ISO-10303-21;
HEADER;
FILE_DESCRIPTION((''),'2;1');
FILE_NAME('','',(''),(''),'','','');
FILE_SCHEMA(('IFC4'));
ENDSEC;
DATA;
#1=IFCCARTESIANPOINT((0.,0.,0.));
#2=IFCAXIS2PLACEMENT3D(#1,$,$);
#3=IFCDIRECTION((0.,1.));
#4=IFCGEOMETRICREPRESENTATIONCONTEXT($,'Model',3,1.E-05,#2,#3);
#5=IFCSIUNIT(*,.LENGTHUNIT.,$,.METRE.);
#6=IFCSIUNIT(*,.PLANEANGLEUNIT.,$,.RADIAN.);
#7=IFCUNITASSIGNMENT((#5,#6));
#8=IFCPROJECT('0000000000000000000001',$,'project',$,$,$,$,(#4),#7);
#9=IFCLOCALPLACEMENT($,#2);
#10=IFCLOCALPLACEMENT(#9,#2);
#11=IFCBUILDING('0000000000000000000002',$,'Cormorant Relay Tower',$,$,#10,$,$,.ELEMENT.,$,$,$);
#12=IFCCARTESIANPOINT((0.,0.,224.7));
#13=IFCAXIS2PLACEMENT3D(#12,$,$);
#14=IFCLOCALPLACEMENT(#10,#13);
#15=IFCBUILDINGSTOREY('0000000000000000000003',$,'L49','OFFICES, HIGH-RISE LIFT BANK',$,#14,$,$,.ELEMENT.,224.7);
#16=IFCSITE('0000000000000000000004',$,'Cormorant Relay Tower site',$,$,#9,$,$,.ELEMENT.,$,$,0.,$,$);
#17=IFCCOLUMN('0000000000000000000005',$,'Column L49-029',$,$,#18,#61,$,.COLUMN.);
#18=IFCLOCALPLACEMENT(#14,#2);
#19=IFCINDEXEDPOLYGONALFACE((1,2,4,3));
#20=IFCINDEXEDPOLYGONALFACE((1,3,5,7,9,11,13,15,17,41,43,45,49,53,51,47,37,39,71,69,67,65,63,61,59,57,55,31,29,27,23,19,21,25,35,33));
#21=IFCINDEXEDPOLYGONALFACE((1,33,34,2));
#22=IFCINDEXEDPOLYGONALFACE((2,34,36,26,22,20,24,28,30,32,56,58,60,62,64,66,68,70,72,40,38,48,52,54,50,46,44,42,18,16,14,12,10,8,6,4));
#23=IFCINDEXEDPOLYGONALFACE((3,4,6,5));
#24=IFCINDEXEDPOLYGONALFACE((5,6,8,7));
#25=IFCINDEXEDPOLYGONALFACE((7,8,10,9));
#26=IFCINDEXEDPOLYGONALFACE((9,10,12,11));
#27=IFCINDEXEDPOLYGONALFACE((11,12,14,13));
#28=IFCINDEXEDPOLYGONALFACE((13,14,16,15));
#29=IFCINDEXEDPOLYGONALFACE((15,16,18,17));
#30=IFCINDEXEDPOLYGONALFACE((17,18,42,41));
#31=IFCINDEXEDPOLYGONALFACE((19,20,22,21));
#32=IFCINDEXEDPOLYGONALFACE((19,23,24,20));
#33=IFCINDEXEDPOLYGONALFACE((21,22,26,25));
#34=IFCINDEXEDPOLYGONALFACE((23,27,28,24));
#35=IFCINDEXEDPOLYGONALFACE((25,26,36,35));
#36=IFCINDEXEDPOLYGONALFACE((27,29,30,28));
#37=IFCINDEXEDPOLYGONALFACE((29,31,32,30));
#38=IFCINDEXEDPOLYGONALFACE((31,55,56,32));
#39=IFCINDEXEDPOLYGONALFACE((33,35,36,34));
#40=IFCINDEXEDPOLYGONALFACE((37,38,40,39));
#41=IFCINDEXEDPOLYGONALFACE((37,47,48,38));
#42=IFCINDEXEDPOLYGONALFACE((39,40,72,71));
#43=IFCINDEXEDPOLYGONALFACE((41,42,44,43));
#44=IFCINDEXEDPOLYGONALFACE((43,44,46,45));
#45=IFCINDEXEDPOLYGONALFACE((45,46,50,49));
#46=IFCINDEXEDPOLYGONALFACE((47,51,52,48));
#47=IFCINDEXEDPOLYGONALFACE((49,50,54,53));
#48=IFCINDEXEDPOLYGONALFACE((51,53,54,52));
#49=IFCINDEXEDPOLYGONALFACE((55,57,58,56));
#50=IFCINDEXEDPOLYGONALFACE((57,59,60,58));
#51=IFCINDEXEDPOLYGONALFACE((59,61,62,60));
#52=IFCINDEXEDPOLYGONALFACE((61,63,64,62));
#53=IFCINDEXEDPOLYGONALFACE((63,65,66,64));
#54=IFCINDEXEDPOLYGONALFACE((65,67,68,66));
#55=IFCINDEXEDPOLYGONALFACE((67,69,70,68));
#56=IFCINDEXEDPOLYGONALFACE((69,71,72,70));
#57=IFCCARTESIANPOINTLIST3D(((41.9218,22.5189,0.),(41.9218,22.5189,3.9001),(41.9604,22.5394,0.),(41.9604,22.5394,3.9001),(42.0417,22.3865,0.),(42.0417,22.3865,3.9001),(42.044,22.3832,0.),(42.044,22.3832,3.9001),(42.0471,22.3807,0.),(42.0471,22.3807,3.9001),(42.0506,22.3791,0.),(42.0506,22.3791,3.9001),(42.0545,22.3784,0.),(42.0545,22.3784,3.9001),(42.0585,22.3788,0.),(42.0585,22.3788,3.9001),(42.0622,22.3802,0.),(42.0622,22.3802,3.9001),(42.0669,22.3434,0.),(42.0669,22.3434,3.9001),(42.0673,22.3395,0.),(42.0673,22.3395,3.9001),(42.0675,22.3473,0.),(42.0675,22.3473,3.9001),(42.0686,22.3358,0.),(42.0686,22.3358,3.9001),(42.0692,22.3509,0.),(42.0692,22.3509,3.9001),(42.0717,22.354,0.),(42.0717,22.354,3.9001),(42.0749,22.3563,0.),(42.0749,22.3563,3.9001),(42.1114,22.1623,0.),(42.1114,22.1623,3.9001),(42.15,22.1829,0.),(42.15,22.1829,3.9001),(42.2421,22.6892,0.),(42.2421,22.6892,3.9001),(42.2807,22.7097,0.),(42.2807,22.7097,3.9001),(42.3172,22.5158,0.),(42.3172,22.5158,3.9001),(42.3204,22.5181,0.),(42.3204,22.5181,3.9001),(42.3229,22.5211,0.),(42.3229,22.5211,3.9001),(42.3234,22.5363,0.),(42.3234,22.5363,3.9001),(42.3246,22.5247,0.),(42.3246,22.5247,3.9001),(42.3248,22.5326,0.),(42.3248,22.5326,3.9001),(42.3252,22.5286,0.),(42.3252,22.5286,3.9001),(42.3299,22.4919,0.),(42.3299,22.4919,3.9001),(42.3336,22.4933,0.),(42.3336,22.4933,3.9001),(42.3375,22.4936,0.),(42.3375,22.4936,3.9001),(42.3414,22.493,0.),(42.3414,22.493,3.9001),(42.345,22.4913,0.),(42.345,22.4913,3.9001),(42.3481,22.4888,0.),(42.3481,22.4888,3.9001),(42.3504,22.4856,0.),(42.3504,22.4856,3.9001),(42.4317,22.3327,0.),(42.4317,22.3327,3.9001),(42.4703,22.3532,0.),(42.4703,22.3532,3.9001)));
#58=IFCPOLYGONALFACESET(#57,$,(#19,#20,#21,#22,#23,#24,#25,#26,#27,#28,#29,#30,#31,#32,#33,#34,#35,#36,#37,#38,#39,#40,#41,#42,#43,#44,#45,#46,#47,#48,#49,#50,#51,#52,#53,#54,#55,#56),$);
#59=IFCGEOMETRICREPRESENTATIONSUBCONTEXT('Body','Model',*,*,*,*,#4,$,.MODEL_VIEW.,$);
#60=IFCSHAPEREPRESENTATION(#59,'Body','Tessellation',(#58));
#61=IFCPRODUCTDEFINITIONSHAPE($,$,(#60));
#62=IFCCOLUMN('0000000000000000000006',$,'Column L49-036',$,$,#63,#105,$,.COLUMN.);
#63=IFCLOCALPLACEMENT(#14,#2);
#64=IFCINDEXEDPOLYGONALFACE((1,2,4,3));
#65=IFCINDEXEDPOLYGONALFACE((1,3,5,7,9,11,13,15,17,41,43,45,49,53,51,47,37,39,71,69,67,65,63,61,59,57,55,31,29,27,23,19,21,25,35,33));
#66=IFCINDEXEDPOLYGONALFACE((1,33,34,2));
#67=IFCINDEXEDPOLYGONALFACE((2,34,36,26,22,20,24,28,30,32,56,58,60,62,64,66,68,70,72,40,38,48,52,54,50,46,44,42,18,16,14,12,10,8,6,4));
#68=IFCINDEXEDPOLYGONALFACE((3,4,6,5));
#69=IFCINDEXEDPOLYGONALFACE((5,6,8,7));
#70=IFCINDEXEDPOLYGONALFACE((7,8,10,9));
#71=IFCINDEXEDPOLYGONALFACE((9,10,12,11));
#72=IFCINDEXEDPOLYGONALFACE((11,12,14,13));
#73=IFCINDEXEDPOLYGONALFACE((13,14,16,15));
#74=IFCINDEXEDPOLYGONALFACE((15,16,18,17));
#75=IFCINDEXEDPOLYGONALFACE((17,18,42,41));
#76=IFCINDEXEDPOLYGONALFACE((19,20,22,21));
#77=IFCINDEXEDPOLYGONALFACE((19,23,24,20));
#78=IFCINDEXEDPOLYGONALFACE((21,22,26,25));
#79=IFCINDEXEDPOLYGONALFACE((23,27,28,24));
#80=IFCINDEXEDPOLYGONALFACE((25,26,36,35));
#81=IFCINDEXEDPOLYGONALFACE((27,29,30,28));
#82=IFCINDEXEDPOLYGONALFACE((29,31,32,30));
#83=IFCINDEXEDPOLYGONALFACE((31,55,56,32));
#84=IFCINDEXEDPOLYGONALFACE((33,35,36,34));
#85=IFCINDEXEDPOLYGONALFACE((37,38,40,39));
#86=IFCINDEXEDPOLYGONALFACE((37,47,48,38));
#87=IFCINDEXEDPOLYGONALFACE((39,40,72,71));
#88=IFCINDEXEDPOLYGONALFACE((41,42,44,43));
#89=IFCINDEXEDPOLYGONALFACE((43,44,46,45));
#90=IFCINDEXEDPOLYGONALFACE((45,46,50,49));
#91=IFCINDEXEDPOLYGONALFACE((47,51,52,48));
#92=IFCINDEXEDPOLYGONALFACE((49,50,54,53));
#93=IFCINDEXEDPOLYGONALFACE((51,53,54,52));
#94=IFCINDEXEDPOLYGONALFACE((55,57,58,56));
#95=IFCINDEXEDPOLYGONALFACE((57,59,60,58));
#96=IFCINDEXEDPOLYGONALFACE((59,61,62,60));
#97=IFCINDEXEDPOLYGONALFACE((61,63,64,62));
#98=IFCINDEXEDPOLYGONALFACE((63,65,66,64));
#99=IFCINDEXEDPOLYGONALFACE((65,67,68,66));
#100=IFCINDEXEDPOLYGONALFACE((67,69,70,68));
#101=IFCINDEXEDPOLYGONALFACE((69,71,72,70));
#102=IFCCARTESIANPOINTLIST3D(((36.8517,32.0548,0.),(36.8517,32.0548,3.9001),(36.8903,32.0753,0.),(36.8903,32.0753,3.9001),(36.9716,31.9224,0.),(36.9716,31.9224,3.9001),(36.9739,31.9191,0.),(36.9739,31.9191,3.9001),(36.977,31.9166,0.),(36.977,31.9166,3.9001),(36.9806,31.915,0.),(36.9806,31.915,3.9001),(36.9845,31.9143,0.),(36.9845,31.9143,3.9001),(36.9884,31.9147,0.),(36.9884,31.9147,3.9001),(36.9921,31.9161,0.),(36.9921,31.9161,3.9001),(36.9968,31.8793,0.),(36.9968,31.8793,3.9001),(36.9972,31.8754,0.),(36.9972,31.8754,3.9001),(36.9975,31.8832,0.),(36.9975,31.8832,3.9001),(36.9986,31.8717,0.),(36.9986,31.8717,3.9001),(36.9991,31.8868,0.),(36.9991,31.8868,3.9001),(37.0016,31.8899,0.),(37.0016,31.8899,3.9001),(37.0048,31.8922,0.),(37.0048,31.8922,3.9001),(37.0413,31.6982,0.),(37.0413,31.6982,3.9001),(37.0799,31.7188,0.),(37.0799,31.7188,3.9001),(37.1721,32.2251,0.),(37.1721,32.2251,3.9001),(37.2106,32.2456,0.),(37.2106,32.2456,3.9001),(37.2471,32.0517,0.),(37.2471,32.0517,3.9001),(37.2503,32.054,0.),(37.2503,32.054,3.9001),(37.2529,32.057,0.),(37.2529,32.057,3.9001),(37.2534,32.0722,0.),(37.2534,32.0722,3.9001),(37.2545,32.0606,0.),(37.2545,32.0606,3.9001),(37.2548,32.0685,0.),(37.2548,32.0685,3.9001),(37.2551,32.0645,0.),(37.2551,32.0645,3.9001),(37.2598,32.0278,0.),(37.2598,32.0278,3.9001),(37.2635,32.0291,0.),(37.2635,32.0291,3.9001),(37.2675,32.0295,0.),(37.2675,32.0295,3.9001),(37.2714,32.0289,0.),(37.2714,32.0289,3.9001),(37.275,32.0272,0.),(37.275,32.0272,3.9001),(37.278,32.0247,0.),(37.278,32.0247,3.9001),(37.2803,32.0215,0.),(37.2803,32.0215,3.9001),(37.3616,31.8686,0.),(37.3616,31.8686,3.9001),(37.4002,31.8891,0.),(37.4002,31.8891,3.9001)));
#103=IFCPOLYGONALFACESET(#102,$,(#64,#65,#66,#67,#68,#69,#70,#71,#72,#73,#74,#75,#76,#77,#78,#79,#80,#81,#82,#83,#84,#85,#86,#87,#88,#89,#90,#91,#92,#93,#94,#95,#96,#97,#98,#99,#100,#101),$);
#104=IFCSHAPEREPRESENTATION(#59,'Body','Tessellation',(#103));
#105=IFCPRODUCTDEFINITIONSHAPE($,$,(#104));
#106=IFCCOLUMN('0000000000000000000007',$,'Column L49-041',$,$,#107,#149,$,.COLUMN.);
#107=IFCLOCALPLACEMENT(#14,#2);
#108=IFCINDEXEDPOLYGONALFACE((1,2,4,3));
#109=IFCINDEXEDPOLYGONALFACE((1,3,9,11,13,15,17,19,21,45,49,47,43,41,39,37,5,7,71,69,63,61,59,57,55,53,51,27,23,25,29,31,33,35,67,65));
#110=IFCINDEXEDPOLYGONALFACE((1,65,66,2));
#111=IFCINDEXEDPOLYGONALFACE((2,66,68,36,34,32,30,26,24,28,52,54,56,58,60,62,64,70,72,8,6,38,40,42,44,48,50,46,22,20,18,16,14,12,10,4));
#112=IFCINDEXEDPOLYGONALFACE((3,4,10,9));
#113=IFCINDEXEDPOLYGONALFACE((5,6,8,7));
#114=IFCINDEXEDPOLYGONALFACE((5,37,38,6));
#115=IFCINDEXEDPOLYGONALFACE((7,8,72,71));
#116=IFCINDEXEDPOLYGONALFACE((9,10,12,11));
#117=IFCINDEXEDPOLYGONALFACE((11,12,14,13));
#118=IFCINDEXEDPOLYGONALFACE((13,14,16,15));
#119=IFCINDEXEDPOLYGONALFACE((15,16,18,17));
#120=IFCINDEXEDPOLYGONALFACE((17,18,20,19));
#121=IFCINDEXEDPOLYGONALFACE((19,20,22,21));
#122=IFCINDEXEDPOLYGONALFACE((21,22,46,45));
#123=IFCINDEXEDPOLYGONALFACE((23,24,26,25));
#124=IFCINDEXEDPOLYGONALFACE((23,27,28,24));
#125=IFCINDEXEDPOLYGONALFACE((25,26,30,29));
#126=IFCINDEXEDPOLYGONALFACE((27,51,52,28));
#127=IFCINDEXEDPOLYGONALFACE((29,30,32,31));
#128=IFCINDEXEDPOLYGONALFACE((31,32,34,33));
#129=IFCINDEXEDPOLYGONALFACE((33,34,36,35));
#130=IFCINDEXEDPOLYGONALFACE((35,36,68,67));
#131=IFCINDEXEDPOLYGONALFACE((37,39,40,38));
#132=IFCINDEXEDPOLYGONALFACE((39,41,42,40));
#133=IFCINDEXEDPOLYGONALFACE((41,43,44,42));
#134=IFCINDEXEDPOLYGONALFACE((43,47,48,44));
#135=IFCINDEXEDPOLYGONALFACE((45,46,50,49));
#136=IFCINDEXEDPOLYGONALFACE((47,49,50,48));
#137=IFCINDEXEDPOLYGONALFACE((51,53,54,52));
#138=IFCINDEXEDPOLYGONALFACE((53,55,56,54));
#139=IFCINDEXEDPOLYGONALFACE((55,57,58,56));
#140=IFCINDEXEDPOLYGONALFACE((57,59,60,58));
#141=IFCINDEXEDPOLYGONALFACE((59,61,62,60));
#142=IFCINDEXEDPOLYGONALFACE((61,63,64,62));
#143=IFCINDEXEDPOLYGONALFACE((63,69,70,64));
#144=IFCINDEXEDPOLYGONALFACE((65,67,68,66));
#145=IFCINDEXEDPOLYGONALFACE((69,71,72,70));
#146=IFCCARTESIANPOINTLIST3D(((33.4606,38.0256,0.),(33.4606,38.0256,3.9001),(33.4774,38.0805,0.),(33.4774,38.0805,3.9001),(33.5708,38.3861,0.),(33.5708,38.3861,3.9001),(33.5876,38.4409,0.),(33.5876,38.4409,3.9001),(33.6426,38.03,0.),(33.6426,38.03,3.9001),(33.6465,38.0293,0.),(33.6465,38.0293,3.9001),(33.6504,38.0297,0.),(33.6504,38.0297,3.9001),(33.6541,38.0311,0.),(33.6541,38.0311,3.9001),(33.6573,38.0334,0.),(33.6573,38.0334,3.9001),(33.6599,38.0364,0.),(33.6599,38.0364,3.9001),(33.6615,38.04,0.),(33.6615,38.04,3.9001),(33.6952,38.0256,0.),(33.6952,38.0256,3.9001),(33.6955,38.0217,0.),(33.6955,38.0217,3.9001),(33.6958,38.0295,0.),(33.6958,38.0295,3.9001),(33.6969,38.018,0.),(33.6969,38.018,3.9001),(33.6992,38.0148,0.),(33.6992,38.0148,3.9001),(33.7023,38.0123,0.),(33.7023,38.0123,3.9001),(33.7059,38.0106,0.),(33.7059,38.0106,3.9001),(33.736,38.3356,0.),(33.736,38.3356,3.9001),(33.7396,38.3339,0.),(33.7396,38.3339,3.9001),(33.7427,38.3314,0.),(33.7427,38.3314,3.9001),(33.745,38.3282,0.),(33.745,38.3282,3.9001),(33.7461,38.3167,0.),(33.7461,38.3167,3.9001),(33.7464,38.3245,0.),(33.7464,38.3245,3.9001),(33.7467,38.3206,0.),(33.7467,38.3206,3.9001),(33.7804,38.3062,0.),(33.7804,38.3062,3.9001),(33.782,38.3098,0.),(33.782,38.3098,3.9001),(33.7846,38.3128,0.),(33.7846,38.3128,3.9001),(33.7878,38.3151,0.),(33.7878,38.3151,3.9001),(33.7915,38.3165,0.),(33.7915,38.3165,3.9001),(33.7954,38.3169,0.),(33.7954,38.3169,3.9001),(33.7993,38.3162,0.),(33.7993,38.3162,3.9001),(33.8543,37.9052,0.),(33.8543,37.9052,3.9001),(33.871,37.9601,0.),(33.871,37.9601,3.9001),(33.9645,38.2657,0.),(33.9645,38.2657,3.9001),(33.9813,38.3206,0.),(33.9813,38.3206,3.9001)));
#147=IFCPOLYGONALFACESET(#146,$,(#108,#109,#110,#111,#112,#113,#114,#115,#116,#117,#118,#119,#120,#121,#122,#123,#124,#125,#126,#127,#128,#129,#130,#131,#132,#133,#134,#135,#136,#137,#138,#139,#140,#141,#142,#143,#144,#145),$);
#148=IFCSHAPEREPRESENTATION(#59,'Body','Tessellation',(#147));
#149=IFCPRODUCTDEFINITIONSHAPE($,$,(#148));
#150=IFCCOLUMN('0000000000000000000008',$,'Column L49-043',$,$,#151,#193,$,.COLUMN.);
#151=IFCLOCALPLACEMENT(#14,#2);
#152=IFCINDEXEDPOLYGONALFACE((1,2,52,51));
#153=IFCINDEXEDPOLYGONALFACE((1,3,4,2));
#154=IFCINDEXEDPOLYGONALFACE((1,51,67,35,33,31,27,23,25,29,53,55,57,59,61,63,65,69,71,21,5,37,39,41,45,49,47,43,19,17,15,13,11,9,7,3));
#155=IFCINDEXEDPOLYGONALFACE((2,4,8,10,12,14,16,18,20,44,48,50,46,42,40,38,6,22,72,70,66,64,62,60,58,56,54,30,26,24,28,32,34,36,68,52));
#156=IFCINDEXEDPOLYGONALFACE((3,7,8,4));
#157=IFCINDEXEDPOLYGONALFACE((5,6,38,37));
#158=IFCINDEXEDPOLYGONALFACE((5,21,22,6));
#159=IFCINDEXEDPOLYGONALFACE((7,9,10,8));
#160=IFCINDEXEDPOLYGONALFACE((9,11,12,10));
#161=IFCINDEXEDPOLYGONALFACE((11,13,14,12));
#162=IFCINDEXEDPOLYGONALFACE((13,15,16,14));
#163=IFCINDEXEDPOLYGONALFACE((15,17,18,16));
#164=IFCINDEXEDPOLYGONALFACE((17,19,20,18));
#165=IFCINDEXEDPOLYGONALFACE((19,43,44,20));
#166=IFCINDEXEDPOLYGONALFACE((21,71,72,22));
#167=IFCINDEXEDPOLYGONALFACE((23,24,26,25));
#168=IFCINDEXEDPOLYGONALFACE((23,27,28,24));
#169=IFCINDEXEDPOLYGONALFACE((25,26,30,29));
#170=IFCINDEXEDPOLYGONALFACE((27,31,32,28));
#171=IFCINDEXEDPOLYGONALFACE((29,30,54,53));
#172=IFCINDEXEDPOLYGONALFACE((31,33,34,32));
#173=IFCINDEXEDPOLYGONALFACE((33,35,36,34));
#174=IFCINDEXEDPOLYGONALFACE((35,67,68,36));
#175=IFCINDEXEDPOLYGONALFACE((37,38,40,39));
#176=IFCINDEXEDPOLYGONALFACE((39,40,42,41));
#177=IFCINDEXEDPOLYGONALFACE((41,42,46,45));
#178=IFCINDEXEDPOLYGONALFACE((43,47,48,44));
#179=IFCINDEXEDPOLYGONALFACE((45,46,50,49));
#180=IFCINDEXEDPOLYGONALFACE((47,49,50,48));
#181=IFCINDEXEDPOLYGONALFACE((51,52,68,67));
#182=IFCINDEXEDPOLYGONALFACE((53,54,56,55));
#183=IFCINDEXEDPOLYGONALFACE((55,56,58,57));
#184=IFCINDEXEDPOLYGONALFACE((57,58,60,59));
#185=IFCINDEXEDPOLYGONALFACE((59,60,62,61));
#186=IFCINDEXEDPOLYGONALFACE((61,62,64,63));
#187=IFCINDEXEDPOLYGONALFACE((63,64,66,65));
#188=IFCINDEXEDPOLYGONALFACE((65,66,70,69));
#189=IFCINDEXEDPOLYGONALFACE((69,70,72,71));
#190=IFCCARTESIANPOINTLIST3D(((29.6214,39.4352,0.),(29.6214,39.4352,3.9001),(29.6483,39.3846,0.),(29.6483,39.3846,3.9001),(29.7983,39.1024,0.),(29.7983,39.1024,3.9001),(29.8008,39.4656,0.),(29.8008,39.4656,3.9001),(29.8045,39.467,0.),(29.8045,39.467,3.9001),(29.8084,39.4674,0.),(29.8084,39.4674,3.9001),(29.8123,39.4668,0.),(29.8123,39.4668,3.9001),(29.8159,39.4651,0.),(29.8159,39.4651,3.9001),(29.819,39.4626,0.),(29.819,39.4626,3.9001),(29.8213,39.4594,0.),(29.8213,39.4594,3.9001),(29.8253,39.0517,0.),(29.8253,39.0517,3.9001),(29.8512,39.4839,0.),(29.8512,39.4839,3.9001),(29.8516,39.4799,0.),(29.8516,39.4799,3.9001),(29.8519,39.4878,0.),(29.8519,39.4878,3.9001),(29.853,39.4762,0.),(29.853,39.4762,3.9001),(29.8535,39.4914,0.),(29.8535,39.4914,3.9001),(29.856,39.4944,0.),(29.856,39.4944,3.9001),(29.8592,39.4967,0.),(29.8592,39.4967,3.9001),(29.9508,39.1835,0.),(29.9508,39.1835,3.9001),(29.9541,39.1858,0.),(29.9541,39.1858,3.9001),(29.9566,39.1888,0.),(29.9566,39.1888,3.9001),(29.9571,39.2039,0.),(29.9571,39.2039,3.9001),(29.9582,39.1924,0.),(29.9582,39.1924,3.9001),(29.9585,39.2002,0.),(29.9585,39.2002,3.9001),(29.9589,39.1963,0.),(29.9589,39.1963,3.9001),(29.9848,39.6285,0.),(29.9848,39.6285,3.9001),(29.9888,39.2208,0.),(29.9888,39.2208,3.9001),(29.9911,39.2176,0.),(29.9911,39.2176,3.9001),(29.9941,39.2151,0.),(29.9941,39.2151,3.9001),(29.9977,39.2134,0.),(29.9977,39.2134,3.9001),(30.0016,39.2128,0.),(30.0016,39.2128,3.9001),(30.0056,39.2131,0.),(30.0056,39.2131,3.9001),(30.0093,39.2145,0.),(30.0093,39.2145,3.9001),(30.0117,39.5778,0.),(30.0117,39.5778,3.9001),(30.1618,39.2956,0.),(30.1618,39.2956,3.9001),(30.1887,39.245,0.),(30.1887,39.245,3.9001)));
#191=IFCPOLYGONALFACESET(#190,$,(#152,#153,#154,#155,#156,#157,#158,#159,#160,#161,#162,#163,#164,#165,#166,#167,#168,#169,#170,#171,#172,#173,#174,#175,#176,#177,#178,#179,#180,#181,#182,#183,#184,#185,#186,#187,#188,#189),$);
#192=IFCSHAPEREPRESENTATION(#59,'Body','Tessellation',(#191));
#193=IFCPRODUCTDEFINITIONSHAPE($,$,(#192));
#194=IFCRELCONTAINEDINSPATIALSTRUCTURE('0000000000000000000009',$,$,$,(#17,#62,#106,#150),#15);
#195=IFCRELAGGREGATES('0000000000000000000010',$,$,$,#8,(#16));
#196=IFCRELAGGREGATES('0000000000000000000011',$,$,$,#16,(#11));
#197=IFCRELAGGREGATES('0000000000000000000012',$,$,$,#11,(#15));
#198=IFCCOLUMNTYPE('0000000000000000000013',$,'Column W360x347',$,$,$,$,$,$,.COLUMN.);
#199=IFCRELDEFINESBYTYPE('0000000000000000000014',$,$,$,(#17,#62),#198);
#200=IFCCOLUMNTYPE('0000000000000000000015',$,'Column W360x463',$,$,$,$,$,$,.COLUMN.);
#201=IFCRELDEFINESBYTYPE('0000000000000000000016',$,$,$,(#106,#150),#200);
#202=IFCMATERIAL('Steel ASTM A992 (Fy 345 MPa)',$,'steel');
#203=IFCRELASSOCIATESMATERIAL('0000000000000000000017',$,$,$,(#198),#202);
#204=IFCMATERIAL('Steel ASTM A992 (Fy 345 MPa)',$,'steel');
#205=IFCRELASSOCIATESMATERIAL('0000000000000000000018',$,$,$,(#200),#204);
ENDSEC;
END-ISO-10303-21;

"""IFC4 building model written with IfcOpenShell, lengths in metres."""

from ifc_helpers import new_model, si_unit, direction, frame, origin, origin_2d, place, context, subcontext, project, spatial, i_section, extrude, material, material_profile, profile_set, type_object, element, save


model = new_model("IFC4")

# Units and contexts
model_context = context("Model", 3, precision=1e-05, world=origin(), true_north=direction((0.0, 1.0)))
body_context = subcontext(model_context, "Body", "Model", "MODEL_VIEW")
ifc_project = project(units=[si_unit("LENGTHUNIT", "METRE"), si_unit("PLANEANGLEUNIT", "RADIAN")], contexts=[model_context])

# Site, building, storey
site_placement = place(None, origin())
site = spatial("IfcSite", under=ifc_project, at=site_placement, Name="Cormorant Relay Tower site", CompositionType="ELEMENT", RefElevation=0.0)
building_placement = place(site_placement, origin())
building = spatial("IfcBuilding", under=site, at=building_placement, Name="Cormorant Relay Tower", CompositionType="ELEMENT")
storey_placement = place(building_placement, frame((0.0, 0.0, 224.7)))
storey = spatial("IfcBuildingStorey", under=building, at=storey_placement, Name="L49", Description="OFFICES, HIGH-RISE LIFT BANK", CompositionType="ELEMENT", Elevation=224.7)

# Columns
ifc_material_1 = material(Name="Steel ASTM A992 (Fy 345 MPa)", Category="steel")
ifc_material_profile_1 = material_profile(ifc_material_1, i_section(OverallWidth=0.4038, OverallDepth=0.4065, WebThickness=0.0271, FlangeThickness=0.0437, FilletRadius=0.0151, at=origin_2d()), Name="W360x347")
ifc_profile_set_1 = profile_set([ifc_material_profile_1], Name="Steel ASTM A992 (Fy 345 MPa)")
column_type_1 = type_object("IfcColumnType", Name="Column W360x347", PredefinedType="COLUMN", material=ifc_profile_set_1)
for number, where, z_axis, x_axis, name in (
    (1, (42.196, 22.436, 0.0), (0.0, 0.0, 1.0), (-0.469472, 0.882948, 0.0), "Column L49-029"),
    (2, (37.126, 31.9719, 0.0), (0.0, 0.0, 1.0), (-0.469472, 0.882948, 0.0), "Column L49-036"),
):
    element("IfcColumn", number, at=place(storey_placement, frame(where, z_axis=z_axis, x_axis=x_axis)), inside=storey, type_object=column_type_1, Name=name, PredefinedType="COLUMN", context=body_context, shape_type="SweptSolid", body=[
        extrude(i_section(OverallWidth=0.4038, OverallDepth=0.4065, WebThickness=0.0271, FlangeThickness=0.0437, FilletRadius=0.0151, at=origin_2d()), origin(), (0.0, 0.0, 1.0), 3.9001),
    ])
ifc_material_2 = material(Name="Steel ASTM A992 (Fy 345 MPa)", Category="steel")
ifc_material_profile_2 = material_profile(ifc_material_2, i_section(OverallWidth=0.4116, OverallDepth=0.4343, WebThickness=0.0359, FlangeThickness=0.0574, FilletRadius=0.0151, at=origin_2d()), Name="W360x463")
ifc_profile_set_2 = profile_set([ifc_material_profile_2], Name="Steel ASTM A992 (Fy 345 MPa)")
column_type_2 = type_object("IfcColumnType", Name="Column W360x463", PredefinedType="COLUMN", material=ifc_profile_set_2)
for number, where, z_axis, x_axis, name in (
    (3, (33.7209, 38.1731, 0.0), (0.0, 0.0, 1.0), (-0.956305, 0.292372, 0.0), "Column L49-041"),
    (4, (29.905, 39.3401, 0.0), (0.0, 0.0, 1.0), (-0.882948, -0.469472, 0.0), "Column L49-043"),
):
    element("IfcColumn", number, at=place(storey_placement, frame(where, z_axis=z_axis, x_axis=x_axis)), inside=storey, type_object=column_type_2, Name=name, PredefinedType="COLUMN", context=body_context, shape_type="SweptSolid", body=[
        extrude(i_section(OverallWidth=0.4116, OverallDepth=0.4343, WebThickness=0.0359, FlangeThickness=0.0574, FilletRadius=0.0151, at=origin_2d()), origin(), (0.0, 0.0, 1.0), 3.9001),
    ])

save(model, "model.ifc")
